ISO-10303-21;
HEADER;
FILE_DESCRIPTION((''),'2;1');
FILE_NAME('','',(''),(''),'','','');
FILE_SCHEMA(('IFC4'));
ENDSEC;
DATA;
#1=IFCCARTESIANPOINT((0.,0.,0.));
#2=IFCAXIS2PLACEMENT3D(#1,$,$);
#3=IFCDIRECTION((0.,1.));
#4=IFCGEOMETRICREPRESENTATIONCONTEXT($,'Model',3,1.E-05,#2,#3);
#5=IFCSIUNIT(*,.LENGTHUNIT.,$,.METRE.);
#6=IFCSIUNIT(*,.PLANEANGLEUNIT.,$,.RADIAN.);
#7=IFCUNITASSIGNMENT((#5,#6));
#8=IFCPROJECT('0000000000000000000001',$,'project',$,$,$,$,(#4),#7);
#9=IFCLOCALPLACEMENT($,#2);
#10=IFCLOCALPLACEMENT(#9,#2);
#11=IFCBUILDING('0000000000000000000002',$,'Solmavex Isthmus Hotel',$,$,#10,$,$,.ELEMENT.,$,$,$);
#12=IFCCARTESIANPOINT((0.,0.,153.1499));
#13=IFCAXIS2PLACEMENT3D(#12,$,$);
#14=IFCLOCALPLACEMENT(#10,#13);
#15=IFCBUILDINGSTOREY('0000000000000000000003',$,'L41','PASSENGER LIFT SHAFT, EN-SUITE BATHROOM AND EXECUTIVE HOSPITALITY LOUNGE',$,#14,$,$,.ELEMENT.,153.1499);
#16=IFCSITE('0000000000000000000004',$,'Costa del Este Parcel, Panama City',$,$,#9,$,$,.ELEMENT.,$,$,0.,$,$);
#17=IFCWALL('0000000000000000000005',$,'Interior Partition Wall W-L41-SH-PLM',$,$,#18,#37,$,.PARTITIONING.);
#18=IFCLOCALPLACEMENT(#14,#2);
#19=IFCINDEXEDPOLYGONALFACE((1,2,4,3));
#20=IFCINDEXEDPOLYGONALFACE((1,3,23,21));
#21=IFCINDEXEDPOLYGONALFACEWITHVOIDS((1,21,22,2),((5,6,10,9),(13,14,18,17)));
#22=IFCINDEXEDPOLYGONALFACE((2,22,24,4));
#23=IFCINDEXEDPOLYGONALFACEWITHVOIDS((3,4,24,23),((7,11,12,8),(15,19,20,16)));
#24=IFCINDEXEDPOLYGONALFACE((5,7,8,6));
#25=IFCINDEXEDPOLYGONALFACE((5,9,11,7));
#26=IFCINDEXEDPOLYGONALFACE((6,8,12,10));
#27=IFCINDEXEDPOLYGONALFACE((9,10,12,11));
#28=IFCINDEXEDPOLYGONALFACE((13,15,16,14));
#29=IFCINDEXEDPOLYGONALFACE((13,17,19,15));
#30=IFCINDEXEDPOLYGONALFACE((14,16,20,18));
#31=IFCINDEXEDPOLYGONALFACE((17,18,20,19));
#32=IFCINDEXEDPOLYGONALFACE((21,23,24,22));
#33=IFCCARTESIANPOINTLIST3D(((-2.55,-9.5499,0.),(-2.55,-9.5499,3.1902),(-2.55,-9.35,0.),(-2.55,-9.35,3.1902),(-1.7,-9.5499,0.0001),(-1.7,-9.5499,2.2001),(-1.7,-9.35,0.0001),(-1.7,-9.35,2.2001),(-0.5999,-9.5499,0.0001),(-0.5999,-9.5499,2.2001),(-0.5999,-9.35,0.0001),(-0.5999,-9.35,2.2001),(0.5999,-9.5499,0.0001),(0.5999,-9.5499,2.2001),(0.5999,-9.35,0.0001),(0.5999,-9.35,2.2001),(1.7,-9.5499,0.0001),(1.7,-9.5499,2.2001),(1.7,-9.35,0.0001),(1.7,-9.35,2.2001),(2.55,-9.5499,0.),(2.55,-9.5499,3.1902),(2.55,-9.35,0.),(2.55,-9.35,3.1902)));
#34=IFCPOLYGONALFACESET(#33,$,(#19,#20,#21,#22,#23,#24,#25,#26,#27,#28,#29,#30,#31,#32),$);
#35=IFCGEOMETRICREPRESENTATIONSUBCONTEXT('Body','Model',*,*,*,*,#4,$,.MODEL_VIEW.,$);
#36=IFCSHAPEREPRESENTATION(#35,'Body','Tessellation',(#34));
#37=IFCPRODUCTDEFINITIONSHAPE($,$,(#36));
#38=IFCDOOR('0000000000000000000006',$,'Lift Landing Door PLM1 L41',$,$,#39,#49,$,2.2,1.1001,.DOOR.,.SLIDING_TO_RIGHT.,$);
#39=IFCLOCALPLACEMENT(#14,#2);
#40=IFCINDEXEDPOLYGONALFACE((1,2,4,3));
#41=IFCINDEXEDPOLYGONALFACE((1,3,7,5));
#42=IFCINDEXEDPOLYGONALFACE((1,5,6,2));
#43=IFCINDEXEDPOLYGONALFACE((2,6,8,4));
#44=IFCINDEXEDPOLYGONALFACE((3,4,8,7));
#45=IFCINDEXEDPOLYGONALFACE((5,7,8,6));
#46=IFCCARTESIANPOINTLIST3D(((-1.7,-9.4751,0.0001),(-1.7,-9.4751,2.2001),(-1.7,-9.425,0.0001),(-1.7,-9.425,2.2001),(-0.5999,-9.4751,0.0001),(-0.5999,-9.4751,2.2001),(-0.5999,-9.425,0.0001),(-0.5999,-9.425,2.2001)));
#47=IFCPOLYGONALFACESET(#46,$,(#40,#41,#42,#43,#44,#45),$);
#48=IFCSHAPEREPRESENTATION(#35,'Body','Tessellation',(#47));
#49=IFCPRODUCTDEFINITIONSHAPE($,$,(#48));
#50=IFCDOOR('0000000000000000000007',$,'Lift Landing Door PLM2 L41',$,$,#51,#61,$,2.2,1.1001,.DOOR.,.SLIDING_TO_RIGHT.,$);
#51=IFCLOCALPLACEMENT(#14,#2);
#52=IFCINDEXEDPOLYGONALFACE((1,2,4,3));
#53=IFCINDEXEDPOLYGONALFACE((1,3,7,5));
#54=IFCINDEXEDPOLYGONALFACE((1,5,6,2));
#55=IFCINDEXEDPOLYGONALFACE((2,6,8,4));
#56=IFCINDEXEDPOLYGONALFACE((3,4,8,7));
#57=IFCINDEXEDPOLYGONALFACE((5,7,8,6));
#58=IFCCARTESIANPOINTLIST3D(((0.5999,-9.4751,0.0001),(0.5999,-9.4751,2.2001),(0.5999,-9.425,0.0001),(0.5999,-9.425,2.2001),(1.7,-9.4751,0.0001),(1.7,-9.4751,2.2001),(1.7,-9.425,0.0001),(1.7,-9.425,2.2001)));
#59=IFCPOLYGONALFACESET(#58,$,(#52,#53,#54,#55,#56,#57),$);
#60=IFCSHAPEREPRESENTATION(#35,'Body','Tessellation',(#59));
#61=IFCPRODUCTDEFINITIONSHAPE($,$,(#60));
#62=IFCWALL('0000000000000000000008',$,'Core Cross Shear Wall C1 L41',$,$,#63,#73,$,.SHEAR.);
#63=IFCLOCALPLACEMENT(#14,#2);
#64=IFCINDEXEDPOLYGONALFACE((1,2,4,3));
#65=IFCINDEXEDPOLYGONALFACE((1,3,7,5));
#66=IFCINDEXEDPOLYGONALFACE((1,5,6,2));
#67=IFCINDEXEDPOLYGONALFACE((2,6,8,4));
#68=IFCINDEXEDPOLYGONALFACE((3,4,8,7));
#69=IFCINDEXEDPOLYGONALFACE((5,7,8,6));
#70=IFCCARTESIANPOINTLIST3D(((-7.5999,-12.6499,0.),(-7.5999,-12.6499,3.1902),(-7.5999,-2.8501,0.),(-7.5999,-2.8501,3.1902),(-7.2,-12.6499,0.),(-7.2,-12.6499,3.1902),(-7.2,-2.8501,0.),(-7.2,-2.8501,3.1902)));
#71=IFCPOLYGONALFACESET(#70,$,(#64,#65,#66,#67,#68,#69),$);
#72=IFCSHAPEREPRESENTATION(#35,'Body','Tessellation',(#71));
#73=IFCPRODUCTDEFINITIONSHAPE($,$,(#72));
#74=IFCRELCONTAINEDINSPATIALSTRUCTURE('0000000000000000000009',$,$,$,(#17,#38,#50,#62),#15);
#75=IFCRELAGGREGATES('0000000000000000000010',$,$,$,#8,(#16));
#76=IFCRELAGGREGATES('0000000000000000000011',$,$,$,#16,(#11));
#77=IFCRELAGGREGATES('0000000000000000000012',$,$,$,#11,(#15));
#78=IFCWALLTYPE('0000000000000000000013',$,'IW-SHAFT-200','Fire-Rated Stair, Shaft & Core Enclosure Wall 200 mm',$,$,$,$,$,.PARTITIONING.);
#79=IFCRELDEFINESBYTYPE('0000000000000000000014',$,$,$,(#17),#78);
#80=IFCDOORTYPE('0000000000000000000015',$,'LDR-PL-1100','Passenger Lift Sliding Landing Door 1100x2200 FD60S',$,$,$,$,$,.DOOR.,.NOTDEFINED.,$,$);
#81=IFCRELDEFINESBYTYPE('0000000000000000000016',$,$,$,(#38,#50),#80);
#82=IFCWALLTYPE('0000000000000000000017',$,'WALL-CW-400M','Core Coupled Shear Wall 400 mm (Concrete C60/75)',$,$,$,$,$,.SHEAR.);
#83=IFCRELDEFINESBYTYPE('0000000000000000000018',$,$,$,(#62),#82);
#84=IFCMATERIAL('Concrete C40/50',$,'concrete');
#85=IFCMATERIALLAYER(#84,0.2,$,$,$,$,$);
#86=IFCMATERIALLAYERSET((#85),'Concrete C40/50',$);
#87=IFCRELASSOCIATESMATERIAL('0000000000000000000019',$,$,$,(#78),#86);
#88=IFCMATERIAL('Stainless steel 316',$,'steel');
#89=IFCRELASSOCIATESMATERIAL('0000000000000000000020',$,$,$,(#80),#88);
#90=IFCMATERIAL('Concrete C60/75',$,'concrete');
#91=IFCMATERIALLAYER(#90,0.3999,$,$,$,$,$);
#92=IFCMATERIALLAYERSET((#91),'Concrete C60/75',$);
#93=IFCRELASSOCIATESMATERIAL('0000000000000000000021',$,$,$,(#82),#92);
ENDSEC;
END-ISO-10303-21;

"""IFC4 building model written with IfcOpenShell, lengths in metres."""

from ifc_helpers import new_model, si_unit, direction, frame, frame_2d, origin, place, context, subcontext, project, spatial, rectangle, extrude, material, layer, layer_set, type_object, element, fill, save


model = new_model("IFC4")

# Units and contexts
model_context = context("Model", 3, precision=1e-05, world=origin(), true_north=direction((0.0, 1.0)))
body_context = subcontext(model_context, "Body", "Model", "MODEL_VIEW")
ifc_project = project(units=[si_unit("LENGTHUNIT", "METRE"), si_unit("PLANEANGLEUNIT", "RADIAN")], contexts=[model_context])

# Site, building, storey
site_placement = place(None, origin())
site = spatial("IfcSite", under=ifc_project, at=site_placement, Name="Costa del Este Parcel, Panama City", CompositionType="ELEMENT", RefElevation=0.0)
building_placement = place(site_placement, origin())
building = spatial("IfcBuilding", under=site, at=building_placement, Name="Solmavex Isthmus Hotel", CompositionType="ELEMENT")
storey_placement = place(building_placement, frame((0.0, 0.0, 153.1499)))
storey = spatial("IfcBuildingStorey", under=building, at=storey_placement, Name="L41", Description="PASSENGER LIFT SHAFT, EN-SUITE BATHROOM AND EXECUTIVE HOSPITALITY LOUNGE", CompositionType="ELEMENT", Elevation=153.1499)

# Shared definitions
ifc_material_1 = material(Name="Concrete C60/75", Category="concrete")

# Shared definitions
ifc_material_2 = material(Name="Concrete C40/50", Category="concrete")
ifc_layer_1 = layer(ifc_material_2, 0.2)
ifc_layer_set_1 = layer_set([ifc_layer_1], Name="Concrete C40/50")
wall_type_1 = type_object("IfcWallType", Name="IW-SHAFT-200", Description="Fire-Rated Stair, Shaft & Core Enclosure Wall 200 mm", PredefinedType="PARTITIONING", material=ifc_layer_set_1)

# Wall, openings, doors
wall_1_placement = place(storey_placement, frame((-2.55, -9.45, 0.0), z_axis=(0.0, 0.0, 1.0), x_axis=(1.0, 0.0, 0.0)))
wall_1 = element("IfcWall", 1, at=wall_1_placement, inside=storey, type_object=wall_type_1, Name="Interior Partition Wall W-L41-SH-PLM", PredefinedType="PARTITIONING", context=body_context, shape_type="SweptSolid", body=[
    extrude(rectangle(XDim=5.1001, YDim=0.2, at=frame_2d((2.55, 0.0))), origin(), (0.0, 0.0, 1.0), 3.1902),
])
opening_1_placement = place(wall_1_placement, frame((0.8501, 0.0, 0.0)))
opening_1 = element("IfcOpeningElement", 2, at=opening_1_placement, cuts=wall_1, PredefinedType="OPENING", context=body_context, shape_type="SweptSolid", body=[
    extrude(rectangle(XDim=1.1001, YDim=2.2, at=frame_2d((0.55, 1.1001))), frame((0.0, 0.1099, 0.0), z_axis=(0.0, -1.0, 0.0), x_axis=(1.0, 0.0, 0.0)), (0.0, 0.0, 1.0), 0.22),
])
opening_2_placement = place(wall_1_placement, frame((3.1499, 0.0, 0.0)))
opening_2 = element("IfcOpeningElement", 3, at=opening_2_placement, cuts=wall_1, PredefinedType="OPENING", context=body_context, shape_type="SweptSolid", body=[
    extrude(rectangle(XDim=1.1001, YDim=2.2, at=frame_2d((0.55, 1.1001))), frame((0.0, 0.1099, 0.0), z_axis=(0.0, -1.0, 0.0), x_axis=(1.0, 0.0, 0.0)), (0.0, 0.0, 1.0), 0.22),
])
ifc_material_3 = material(Name="Stainless steel 316", Category="steel")
door_type_1 = type_object("IfcDoorType", Name="LDR-PL-1100", Description="Passenger Lift Sliding Landing Door 1100x2200 FD60S", OperationType="NOTDEFINED", PredefinedType="DOOR", material=ifc_material_3)
door_1_placement = place(opening_1_placement, origin())
door_1 = element("IfcDoor", 4, at=door_1_placement, inside=storey, type_object=door_type_1, Name="Lift Landing Door PLM1 L41", OperationType="SLIDING_TO_RIGHT", OverallHeight=2.2, OverallWidth=1.1001, PredefinedType="DOOR", context=body_context, shape_type="SweptSolid", body=[
    extrude(rectangle(XDim=1.1001, YDim=2.2, at=frame_2d((0.55, 1.1001))), frame((0.0, 0.0249, 0.0), z_axis=(0.0, -1.0, 0.0), x_axis=(1.0, 0.0, 0.0)), (0.0, 0.0, 1.0), 0.05),
])
fill(opening_1, door_1)
door_2_placement = place(opening_2_placement, origin())
door_2 = element("IfcDoor", 5, at=door_2_placement, inside=storey, type_object=door_type_1, Name="Lift Landing Door PLM2 L41", OperationType="SLIDING_TO_RIGHT", OverallHeight=2.2, OverallWidth=1.1001, PredefinedType="DOOR", context=body_context, shape_type="SweptSolid", body=[
    extrude(rectangle(XDim=1.1001, YDim=2.2, at=frame_2d((0.55, 1.1001))), frame((0.0, 0.0249, 0.0), z_axis=(0.0, -1.0, 0.0), x_axis=(1.0, 0.0, 0.0)), (0.0, 0.0, 1.0), 0.05),
])
fill(opening_2, door_2)

# Wall
ifc_layer_2 = layer(ifc_material_1, 0.3999)
ifc_layer_set_2 = layer_set([ifc_layer_2], Name="Concrete C60/75")
wall_type_2 = type_object("IfcWallType", Name="WALL-CW-400M", Description="Core Coupled Shear Wall 400 mm (Concrete C60/75)", PredefinedType="SHEAR", material=ifc_layer_set_2)
wall_2_placement = place(storey_placement, frame((-7.3999, -12.6499, 0.0), z_axis=(0.0, 0.0, 1.0), x_axis=(0.0, 1.0, 0.0)))
element("IfcWall", 6, at=wall_2_placement, inside=storey, type_object=wall_type_2, Name="Core Cross Shear Wall C1 L41", PredefinedType="SHEAR", context=body_context, shape_type="SweptSolid", body=[
    extrude(rectangle(XDim=9.7998, YDim=0.3999, at=frame_2d((4.8999, 0.0))), origin(), (0.0, 0.0, 1.0), 3.1902),
])

save(model, "model.ifc")
